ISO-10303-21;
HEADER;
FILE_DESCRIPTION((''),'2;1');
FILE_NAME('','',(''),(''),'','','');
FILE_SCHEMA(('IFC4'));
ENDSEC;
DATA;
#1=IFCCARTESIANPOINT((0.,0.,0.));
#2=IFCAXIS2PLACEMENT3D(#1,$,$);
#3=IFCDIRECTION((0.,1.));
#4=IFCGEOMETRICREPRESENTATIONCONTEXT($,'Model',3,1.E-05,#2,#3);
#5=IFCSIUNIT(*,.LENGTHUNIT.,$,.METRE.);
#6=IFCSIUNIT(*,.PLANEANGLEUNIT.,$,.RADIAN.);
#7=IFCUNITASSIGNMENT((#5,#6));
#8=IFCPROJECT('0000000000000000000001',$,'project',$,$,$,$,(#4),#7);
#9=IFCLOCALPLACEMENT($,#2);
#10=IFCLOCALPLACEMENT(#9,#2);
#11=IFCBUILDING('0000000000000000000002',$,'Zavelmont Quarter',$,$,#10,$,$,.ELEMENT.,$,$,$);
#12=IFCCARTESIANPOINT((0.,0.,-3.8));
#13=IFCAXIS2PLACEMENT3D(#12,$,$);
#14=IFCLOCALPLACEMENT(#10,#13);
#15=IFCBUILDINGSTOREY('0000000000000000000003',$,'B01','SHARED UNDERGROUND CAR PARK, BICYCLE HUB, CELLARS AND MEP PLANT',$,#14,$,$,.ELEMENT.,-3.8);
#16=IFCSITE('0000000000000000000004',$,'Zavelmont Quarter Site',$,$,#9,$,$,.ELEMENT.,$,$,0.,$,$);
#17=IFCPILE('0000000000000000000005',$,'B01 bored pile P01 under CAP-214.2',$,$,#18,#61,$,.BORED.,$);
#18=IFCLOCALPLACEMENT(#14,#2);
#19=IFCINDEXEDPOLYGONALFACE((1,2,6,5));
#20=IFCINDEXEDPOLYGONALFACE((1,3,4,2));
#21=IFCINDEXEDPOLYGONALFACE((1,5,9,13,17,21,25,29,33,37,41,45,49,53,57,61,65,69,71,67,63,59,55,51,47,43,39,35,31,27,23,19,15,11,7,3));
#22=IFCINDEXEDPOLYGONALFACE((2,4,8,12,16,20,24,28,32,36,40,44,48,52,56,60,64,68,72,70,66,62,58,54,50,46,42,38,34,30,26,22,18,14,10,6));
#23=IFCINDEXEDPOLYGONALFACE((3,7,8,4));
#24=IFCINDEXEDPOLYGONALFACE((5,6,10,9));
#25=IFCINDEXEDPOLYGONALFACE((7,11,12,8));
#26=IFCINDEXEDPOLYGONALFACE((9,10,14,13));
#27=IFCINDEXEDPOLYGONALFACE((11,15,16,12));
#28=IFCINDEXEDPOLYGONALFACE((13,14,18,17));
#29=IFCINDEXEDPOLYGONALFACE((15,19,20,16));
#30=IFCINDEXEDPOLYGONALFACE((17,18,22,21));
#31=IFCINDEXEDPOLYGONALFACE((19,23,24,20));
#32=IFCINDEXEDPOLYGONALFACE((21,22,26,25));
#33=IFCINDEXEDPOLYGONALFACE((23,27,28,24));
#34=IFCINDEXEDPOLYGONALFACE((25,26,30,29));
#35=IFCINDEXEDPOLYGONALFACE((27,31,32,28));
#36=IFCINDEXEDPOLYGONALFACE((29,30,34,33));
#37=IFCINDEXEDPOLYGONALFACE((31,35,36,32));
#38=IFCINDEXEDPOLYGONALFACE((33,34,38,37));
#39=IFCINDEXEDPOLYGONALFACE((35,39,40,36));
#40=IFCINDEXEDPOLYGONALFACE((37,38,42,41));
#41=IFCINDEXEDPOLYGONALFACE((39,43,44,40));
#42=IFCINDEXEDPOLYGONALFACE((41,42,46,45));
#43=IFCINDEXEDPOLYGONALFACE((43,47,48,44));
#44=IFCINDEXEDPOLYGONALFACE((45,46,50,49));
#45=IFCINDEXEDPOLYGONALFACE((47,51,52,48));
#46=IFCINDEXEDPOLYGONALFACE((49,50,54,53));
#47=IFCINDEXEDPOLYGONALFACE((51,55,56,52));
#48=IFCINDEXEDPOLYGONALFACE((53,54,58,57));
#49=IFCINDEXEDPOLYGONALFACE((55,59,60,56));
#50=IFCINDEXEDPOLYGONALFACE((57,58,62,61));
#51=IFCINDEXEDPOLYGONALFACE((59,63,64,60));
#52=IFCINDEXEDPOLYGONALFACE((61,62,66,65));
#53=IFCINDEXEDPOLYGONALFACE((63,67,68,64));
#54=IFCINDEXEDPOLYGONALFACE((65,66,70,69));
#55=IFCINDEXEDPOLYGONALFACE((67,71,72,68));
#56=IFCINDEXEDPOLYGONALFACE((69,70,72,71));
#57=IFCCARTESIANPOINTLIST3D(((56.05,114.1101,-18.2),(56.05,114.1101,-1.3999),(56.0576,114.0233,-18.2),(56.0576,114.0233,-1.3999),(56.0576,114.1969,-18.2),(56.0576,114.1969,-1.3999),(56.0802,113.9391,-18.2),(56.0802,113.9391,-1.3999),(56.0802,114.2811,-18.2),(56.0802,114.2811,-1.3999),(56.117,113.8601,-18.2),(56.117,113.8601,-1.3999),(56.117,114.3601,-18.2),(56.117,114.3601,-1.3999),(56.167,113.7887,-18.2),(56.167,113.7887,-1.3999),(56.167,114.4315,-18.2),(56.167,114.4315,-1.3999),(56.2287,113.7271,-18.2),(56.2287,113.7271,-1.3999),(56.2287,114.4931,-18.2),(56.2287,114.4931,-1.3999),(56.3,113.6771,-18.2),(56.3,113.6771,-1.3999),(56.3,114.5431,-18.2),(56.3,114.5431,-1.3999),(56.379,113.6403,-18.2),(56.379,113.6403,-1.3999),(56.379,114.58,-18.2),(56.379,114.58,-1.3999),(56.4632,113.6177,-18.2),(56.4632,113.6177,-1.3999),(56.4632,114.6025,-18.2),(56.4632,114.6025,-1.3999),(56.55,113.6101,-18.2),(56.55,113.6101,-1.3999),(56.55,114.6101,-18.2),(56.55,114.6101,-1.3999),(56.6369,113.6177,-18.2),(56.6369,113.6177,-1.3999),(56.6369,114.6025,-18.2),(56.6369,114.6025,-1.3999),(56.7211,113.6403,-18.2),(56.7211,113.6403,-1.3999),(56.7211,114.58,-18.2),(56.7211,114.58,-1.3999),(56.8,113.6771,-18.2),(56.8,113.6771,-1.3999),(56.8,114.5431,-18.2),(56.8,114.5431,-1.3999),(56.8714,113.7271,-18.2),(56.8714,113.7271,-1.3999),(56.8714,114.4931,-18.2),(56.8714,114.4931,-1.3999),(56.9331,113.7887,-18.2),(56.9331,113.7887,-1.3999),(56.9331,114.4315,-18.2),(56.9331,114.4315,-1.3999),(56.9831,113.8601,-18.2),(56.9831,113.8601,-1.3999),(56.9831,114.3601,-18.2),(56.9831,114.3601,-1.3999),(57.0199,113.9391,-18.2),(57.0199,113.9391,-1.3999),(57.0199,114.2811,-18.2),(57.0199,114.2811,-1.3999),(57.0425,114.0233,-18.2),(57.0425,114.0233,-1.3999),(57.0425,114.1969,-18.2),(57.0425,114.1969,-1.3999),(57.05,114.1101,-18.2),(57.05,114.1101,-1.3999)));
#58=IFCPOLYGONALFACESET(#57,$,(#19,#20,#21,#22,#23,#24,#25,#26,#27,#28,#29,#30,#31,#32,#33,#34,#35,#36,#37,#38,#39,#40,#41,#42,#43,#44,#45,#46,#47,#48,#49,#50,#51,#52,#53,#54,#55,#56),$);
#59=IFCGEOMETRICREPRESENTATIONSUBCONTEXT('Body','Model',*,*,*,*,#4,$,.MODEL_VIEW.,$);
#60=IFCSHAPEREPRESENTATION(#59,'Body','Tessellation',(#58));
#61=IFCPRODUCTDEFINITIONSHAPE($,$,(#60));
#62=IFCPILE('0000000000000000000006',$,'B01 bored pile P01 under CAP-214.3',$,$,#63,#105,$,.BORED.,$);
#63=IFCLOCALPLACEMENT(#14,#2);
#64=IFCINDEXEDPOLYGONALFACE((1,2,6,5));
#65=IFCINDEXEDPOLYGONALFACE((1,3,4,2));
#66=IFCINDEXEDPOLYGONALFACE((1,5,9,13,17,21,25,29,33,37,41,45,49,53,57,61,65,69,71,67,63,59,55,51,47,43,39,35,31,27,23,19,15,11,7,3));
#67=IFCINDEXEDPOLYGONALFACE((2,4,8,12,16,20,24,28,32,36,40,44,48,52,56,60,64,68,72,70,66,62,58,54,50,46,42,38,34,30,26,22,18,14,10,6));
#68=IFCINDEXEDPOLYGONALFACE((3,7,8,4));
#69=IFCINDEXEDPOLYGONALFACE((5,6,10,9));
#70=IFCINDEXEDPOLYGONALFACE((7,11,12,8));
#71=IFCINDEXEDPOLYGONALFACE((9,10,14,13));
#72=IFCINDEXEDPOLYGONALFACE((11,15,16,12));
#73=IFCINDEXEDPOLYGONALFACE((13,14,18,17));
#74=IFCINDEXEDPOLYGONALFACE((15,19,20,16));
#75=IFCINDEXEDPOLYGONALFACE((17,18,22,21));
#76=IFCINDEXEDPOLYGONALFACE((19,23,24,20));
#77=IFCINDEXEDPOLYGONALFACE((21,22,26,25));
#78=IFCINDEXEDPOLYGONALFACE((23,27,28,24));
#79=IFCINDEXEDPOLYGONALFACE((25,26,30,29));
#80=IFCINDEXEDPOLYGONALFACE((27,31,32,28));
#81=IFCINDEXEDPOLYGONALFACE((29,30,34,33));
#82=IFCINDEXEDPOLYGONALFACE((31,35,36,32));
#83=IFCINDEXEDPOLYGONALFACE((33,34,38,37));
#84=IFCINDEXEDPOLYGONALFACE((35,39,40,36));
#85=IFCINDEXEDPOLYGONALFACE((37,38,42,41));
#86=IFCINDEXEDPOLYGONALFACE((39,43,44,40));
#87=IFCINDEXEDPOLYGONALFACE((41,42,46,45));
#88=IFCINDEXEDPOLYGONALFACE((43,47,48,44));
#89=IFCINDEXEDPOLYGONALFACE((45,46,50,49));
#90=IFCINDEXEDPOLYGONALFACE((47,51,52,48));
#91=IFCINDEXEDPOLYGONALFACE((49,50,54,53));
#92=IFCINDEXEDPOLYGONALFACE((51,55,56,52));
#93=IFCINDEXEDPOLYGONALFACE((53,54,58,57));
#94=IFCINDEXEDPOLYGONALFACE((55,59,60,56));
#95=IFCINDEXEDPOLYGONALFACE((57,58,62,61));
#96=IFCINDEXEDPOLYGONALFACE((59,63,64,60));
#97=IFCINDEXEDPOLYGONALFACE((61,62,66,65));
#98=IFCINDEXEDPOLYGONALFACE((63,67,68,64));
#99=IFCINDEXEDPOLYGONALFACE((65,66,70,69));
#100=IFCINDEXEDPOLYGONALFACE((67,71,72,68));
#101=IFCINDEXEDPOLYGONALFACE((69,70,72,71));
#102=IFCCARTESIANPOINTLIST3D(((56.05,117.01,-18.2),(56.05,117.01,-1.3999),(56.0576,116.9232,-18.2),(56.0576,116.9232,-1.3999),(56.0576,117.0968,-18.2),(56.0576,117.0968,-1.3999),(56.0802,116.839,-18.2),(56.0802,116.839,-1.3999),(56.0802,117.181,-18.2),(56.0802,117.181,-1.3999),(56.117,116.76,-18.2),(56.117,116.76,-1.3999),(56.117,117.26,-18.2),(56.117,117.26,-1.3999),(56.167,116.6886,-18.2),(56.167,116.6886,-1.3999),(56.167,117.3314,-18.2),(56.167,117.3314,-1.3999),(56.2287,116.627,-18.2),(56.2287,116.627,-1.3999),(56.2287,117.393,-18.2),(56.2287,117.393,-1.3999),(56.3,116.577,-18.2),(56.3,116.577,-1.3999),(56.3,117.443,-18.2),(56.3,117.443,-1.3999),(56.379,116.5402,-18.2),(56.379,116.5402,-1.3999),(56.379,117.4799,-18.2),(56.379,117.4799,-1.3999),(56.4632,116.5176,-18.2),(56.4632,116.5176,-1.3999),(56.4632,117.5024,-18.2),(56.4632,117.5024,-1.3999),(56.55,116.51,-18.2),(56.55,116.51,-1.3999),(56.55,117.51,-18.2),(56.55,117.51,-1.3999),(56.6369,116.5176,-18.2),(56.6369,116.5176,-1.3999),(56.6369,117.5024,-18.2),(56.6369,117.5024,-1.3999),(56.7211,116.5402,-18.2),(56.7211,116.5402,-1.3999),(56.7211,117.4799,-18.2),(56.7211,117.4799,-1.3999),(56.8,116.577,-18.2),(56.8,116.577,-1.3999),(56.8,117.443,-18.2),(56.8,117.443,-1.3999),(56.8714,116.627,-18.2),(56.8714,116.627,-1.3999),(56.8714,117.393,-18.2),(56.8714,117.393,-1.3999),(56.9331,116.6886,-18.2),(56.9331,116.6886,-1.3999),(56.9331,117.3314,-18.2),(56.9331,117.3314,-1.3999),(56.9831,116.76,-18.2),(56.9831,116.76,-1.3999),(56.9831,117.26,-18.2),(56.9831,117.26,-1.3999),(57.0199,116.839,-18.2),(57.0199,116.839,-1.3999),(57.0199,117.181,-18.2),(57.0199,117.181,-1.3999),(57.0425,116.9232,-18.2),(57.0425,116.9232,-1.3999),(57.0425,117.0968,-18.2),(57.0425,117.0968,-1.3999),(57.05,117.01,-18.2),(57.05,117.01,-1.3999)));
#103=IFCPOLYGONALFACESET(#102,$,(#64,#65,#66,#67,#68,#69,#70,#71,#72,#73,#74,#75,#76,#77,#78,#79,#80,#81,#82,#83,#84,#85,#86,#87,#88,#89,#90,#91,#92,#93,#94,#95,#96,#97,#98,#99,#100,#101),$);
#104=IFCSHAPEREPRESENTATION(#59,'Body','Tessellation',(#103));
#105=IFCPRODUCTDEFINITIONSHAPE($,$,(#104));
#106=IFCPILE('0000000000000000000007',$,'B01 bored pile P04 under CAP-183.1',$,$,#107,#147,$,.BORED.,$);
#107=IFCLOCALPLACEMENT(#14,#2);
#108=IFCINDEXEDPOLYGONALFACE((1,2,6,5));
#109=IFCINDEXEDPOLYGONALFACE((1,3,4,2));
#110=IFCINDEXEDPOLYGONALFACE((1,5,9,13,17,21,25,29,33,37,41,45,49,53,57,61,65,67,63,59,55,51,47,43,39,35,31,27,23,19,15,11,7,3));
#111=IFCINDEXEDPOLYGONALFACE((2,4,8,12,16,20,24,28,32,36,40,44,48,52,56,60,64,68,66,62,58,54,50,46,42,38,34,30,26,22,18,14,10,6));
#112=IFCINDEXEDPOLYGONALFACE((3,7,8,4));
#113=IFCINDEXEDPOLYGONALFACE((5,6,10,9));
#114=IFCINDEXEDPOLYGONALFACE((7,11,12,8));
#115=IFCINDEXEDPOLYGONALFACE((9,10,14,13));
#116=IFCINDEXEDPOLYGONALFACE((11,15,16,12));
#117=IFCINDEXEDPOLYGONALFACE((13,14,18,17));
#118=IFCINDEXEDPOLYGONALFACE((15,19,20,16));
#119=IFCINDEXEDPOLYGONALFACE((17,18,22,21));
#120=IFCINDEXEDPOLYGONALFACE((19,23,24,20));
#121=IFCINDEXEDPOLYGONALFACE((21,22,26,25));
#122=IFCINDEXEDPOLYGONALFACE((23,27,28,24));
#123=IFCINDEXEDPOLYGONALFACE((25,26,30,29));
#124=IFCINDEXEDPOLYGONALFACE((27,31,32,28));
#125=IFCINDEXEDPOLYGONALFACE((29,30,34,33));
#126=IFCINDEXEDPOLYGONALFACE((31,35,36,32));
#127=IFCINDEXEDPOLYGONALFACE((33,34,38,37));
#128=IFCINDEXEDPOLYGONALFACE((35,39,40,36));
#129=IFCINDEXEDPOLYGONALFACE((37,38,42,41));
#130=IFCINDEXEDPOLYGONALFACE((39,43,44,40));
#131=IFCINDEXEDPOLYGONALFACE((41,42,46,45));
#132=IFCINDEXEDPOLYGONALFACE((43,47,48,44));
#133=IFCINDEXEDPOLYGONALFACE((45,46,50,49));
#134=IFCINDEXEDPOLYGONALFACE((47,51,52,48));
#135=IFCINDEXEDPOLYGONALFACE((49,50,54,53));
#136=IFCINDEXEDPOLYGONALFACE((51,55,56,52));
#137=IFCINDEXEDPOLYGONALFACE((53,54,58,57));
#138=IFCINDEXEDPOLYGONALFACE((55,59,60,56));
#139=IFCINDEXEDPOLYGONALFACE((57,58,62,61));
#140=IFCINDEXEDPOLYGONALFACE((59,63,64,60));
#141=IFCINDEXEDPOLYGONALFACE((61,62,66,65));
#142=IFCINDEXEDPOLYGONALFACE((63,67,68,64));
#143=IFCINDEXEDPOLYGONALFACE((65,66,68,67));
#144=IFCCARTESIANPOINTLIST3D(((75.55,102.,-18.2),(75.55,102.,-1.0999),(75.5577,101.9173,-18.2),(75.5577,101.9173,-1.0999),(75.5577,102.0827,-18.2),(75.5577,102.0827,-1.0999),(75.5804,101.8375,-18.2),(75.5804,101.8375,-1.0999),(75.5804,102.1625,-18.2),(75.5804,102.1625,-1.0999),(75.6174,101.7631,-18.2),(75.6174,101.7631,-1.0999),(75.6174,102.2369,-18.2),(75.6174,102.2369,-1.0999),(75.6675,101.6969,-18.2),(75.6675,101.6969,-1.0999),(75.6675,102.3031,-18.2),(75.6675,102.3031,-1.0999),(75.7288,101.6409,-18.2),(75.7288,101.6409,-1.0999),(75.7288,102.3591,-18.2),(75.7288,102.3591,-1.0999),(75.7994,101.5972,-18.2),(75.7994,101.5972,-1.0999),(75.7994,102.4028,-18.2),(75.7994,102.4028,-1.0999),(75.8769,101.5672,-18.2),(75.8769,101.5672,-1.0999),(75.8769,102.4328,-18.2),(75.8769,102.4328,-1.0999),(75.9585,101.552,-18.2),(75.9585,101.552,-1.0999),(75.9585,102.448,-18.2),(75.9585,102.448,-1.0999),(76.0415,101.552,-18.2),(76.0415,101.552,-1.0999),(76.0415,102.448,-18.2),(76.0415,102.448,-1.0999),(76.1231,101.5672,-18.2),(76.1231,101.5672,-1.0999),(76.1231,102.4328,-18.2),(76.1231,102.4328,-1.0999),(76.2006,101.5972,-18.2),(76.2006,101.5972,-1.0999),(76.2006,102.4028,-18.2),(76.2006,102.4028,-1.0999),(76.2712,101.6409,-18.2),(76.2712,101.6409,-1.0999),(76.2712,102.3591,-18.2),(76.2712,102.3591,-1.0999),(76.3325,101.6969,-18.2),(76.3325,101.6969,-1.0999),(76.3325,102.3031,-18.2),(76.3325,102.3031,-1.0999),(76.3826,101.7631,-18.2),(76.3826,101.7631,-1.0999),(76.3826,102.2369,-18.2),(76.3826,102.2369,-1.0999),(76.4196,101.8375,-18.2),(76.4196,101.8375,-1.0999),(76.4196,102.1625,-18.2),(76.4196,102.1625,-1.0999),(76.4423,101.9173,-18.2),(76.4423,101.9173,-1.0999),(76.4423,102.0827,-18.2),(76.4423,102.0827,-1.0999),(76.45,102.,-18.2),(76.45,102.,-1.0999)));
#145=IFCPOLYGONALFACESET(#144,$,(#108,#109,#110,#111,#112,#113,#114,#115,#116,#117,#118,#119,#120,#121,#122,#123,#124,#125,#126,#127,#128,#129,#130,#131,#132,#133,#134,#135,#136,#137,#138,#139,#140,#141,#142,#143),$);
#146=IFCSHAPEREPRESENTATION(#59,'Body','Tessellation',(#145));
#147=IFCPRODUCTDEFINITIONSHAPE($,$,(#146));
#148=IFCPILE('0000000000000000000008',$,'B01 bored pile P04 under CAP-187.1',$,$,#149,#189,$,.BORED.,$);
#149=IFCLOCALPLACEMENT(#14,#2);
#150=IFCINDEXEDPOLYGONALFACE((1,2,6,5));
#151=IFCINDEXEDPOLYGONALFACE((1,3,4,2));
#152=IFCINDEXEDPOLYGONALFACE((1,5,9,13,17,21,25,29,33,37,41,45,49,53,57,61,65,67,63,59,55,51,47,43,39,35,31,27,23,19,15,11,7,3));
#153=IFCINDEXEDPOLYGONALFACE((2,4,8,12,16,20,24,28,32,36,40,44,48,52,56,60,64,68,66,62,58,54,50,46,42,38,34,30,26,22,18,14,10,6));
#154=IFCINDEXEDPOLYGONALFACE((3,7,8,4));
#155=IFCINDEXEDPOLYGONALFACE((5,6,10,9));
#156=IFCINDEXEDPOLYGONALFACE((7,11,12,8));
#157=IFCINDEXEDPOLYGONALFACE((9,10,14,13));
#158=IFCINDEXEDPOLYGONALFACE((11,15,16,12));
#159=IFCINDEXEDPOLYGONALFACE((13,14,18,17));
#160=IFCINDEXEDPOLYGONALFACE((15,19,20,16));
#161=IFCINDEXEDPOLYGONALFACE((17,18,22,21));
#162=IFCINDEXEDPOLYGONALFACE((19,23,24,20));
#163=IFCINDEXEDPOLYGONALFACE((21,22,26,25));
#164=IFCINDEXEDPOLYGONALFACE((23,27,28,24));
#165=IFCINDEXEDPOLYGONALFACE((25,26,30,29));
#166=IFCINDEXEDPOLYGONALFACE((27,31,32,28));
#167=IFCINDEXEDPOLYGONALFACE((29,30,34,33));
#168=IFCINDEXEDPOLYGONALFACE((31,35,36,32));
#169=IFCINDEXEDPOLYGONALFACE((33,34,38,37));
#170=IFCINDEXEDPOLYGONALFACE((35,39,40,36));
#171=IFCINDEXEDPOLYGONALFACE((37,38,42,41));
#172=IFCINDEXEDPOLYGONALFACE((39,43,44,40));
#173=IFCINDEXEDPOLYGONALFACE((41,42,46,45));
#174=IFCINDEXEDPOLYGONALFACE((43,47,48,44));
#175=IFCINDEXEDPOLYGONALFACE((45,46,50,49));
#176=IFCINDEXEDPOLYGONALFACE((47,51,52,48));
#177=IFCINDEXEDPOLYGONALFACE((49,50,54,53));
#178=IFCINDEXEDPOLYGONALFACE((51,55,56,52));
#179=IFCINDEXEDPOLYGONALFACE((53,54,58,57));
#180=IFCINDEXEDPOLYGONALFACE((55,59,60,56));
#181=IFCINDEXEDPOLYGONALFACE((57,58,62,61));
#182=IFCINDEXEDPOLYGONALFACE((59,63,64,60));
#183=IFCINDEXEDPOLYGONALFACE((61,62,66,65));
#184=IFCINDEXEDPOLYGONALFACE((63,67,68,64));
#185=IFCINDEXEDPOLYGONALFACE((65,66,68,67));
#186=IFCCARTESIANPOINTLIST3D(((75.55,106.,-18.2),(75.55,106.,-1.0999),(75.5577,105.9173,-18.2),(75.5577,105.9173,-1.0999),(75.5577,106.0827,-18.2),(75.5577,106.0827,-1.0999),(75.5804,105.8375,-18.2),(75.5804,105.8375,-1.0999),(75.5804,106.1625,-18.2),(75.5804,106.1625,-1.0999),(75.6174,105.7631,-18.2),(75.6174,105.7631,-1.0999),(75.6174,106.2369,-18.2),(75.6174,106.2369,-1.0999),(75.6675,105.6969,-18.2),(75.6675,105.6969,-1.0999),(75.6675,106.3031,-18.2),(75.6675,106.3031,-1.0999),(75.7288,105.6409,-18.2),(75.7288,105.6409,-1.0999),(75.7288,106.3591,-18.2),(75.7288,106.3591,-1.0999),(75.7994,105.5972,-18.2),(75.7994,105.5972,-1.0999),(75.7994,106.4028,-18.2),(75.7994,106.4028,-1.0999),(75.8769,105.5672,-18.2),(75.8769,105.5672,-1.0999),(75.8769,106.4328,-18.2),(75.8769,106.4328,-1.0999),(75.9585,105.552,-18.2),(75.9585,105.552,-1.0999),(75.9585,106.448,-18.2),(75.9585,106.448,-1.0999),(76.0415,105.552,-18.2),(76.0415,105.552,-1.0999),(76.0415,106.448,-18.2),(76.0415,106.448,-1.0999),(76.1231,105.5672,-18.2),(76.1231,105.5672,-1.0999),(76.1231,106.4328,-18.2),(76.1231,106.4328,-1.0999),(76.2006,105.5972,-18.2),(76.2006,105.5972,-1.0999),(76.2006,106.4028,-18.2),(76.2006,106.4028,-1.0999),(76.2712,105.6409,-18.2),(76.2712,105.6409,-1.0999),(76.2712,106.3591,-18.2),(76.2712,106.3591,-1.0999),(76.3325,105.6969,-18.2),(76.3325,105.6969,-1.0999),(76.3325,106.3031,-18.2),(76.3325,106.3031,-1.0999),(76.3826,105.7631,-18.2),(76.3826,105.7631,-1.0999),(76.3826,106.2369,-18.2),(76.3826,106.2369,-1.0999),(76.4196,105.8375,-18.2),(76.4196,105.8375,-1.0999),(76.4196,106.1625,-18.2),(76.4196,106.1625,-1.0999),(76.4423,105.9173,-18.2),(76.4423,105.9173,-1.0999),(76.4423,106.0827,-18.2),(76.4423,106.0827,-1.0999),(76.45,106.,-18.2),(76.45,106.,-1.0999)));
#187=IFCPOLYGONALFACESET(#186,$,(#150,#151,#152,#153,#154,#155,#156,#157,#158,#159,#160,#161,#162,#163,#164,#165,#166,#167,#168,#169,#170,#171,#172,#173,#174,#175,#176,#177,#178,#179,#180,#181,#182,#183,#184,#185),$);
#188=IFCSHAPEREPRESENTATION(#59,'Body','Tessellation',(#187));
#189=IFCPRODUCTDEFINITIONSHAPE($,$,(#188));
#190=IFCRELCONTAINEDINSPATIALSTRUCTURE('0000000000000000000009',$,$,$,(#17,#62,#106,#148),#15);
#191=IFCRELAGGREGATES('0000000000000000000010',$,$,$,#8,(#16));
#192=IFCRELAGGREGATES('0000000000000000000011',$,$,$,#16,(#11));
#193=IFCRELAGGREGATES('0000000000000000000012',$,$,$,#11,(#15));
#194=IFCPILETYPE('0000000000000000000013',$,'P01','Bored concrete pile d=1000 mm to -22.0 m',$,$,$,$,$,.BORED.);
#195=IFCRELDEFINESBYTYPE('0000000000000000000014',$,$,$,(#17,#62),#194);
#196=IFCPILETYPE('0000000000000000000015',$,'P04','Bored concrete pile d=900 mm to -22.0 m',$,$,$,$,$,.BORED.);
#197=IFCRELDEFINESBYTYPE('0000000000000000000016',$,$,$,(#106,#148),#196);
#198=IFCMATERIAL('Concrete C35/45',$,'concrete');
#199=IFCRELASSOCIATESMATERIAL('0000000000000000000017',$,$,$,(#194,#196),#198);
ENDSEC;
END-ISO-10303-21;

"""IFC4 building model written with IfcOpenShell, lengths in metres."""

from ifc_helpers import new_model, si_unit, direction, frame, origin, origin_2d, place, context, subcontext, project, spatial, circle, extrude, material, material_profile, profile_set, type_object, element, save


model = new_model("IFC4")

# Units and contexts
model_context = context("Model", 3, precision=1e-05, world=origin(), true_north=direction((0.0, 1.0)))
body_context = subcontext(model_context, "Body", "Model", "MODEL_VIEW")
ifc_project = project(units=[si_unit("LENGTHUNIT", "METRE"), si_unit("PLANEANGLEUNIT", "RADIAN")], contexts=[model_context])

# Site, building, storey
site_placement = place(None, origin())
site = spatial("IfcSite", under=ifc_project, at=site_placement, Name="Zavelmont Quarter Site", CompositionType="ELEMENT", RefElevation=0.0)
building_placement = place(site_placement, origin())
building = spatial("IfcBuilding", under=site, at=building_placement, Name="Zavelmont Quarter", CompositionType="ELEMENT")
storey_placement = place(building_placement, frame((0.0, 0.0, -3.8)))
storey = spatial("IfcBuildingStorey", under=building, at=storey_placement, Name="B01", Description="SHARED UNDERGROUND CAR PARK, BICYCLE HUB, CELLARS AND MEP PLANT", CompositionType="ELEMENT", Elevation=-3.8)

# Shared definitions
ifc_material_1 = material(Name="Concrete C35/45", Category="concrete")

# Piles
ifc_material_profile_1 = material_profile(ifc_material_1, circle(Radius=0.5, at=origin_2d()), Name="BP1000")
ifc_profile_set_1 = profile_set([ifc_material_profile_1], Name="Concrete C35/45")
pile_type_1 = type_object("IfcPileType", Name="P01", Description="Bored concrete pile d=1000 mm to -22.0 m", PredefinedType="BORED", material=ifc_profile_set_1)
for number, where, z_axis, x_axis, name in (
    (1, (56.55, 114.1101, -1.3999), (0.0, 0.0, -1.0), (1.0, 0.0, 0.0), "B01 bored pile P01 under CAP-214.2"),
    (2, (56.55, 117.01, -1.3999), (0.0, 0.0, -1.0), (1.0, 0.0, 0.0), "B01 bored pile P01 under CAP-214.3"),
):
    element("IfcPile", number, at=place(storey_placement, frame(where, z_axis=z_axis, x_axis=x_axis)), inside=storey, type_object=pile_type_1, Name=name, PredefinedType="BORED", context=body_context, shape_type="SweptSolid", body=[
        extrude(circle(Radius=0.5, at=origin_2d()), origin(), (0.0, 0.0, 1.0), 16.8),
    ])
ifc_material_profile_2 = material_profile(ifc_material_1, circle(Radius=0.45, at=origin_2d()), Name="BP900")
ifc_profile_set_2 = profile_set([ifc_material_profile_2], Name="Concrete C35/45")
pile_type_2 = type_object("IfcPileType", Name="P04", Description="Bored concrete pile d=900 mm to -22.0 m", PredefinedType="BORED", material=ifc_profile_set_2)
for number, where, z_axis, x_axis, name in (
    (3, (76.0, 102.0, -1.0999), (0.0, 0.0, -1.0), (1.0, 0.0, 0.0), "B01 bored pile P04 under CAP-183.1"),
    (4, (76.0, 106.0, -1.0999), (0.0, 0.0, -1.0), (1.0, 0.0, 0.0), "B01 bored pile P04 under CAP-187.1"),
):
    element("IfcPile", number, at=place(storey_placement, frame(where, z_axis=z_axis, x_axis=x_axis)), inside=storey, type_object=pile_type_2, Name=name, PredefinedType="BORED", context=body_context, shape_type="SweptSolid", body=[
        extrude(circle(Radius=0.45, at=origin_2d()), origin(), (0.0, 0.0, 1.0), 17.1001),
    ])

save(model, "model.ifc")
